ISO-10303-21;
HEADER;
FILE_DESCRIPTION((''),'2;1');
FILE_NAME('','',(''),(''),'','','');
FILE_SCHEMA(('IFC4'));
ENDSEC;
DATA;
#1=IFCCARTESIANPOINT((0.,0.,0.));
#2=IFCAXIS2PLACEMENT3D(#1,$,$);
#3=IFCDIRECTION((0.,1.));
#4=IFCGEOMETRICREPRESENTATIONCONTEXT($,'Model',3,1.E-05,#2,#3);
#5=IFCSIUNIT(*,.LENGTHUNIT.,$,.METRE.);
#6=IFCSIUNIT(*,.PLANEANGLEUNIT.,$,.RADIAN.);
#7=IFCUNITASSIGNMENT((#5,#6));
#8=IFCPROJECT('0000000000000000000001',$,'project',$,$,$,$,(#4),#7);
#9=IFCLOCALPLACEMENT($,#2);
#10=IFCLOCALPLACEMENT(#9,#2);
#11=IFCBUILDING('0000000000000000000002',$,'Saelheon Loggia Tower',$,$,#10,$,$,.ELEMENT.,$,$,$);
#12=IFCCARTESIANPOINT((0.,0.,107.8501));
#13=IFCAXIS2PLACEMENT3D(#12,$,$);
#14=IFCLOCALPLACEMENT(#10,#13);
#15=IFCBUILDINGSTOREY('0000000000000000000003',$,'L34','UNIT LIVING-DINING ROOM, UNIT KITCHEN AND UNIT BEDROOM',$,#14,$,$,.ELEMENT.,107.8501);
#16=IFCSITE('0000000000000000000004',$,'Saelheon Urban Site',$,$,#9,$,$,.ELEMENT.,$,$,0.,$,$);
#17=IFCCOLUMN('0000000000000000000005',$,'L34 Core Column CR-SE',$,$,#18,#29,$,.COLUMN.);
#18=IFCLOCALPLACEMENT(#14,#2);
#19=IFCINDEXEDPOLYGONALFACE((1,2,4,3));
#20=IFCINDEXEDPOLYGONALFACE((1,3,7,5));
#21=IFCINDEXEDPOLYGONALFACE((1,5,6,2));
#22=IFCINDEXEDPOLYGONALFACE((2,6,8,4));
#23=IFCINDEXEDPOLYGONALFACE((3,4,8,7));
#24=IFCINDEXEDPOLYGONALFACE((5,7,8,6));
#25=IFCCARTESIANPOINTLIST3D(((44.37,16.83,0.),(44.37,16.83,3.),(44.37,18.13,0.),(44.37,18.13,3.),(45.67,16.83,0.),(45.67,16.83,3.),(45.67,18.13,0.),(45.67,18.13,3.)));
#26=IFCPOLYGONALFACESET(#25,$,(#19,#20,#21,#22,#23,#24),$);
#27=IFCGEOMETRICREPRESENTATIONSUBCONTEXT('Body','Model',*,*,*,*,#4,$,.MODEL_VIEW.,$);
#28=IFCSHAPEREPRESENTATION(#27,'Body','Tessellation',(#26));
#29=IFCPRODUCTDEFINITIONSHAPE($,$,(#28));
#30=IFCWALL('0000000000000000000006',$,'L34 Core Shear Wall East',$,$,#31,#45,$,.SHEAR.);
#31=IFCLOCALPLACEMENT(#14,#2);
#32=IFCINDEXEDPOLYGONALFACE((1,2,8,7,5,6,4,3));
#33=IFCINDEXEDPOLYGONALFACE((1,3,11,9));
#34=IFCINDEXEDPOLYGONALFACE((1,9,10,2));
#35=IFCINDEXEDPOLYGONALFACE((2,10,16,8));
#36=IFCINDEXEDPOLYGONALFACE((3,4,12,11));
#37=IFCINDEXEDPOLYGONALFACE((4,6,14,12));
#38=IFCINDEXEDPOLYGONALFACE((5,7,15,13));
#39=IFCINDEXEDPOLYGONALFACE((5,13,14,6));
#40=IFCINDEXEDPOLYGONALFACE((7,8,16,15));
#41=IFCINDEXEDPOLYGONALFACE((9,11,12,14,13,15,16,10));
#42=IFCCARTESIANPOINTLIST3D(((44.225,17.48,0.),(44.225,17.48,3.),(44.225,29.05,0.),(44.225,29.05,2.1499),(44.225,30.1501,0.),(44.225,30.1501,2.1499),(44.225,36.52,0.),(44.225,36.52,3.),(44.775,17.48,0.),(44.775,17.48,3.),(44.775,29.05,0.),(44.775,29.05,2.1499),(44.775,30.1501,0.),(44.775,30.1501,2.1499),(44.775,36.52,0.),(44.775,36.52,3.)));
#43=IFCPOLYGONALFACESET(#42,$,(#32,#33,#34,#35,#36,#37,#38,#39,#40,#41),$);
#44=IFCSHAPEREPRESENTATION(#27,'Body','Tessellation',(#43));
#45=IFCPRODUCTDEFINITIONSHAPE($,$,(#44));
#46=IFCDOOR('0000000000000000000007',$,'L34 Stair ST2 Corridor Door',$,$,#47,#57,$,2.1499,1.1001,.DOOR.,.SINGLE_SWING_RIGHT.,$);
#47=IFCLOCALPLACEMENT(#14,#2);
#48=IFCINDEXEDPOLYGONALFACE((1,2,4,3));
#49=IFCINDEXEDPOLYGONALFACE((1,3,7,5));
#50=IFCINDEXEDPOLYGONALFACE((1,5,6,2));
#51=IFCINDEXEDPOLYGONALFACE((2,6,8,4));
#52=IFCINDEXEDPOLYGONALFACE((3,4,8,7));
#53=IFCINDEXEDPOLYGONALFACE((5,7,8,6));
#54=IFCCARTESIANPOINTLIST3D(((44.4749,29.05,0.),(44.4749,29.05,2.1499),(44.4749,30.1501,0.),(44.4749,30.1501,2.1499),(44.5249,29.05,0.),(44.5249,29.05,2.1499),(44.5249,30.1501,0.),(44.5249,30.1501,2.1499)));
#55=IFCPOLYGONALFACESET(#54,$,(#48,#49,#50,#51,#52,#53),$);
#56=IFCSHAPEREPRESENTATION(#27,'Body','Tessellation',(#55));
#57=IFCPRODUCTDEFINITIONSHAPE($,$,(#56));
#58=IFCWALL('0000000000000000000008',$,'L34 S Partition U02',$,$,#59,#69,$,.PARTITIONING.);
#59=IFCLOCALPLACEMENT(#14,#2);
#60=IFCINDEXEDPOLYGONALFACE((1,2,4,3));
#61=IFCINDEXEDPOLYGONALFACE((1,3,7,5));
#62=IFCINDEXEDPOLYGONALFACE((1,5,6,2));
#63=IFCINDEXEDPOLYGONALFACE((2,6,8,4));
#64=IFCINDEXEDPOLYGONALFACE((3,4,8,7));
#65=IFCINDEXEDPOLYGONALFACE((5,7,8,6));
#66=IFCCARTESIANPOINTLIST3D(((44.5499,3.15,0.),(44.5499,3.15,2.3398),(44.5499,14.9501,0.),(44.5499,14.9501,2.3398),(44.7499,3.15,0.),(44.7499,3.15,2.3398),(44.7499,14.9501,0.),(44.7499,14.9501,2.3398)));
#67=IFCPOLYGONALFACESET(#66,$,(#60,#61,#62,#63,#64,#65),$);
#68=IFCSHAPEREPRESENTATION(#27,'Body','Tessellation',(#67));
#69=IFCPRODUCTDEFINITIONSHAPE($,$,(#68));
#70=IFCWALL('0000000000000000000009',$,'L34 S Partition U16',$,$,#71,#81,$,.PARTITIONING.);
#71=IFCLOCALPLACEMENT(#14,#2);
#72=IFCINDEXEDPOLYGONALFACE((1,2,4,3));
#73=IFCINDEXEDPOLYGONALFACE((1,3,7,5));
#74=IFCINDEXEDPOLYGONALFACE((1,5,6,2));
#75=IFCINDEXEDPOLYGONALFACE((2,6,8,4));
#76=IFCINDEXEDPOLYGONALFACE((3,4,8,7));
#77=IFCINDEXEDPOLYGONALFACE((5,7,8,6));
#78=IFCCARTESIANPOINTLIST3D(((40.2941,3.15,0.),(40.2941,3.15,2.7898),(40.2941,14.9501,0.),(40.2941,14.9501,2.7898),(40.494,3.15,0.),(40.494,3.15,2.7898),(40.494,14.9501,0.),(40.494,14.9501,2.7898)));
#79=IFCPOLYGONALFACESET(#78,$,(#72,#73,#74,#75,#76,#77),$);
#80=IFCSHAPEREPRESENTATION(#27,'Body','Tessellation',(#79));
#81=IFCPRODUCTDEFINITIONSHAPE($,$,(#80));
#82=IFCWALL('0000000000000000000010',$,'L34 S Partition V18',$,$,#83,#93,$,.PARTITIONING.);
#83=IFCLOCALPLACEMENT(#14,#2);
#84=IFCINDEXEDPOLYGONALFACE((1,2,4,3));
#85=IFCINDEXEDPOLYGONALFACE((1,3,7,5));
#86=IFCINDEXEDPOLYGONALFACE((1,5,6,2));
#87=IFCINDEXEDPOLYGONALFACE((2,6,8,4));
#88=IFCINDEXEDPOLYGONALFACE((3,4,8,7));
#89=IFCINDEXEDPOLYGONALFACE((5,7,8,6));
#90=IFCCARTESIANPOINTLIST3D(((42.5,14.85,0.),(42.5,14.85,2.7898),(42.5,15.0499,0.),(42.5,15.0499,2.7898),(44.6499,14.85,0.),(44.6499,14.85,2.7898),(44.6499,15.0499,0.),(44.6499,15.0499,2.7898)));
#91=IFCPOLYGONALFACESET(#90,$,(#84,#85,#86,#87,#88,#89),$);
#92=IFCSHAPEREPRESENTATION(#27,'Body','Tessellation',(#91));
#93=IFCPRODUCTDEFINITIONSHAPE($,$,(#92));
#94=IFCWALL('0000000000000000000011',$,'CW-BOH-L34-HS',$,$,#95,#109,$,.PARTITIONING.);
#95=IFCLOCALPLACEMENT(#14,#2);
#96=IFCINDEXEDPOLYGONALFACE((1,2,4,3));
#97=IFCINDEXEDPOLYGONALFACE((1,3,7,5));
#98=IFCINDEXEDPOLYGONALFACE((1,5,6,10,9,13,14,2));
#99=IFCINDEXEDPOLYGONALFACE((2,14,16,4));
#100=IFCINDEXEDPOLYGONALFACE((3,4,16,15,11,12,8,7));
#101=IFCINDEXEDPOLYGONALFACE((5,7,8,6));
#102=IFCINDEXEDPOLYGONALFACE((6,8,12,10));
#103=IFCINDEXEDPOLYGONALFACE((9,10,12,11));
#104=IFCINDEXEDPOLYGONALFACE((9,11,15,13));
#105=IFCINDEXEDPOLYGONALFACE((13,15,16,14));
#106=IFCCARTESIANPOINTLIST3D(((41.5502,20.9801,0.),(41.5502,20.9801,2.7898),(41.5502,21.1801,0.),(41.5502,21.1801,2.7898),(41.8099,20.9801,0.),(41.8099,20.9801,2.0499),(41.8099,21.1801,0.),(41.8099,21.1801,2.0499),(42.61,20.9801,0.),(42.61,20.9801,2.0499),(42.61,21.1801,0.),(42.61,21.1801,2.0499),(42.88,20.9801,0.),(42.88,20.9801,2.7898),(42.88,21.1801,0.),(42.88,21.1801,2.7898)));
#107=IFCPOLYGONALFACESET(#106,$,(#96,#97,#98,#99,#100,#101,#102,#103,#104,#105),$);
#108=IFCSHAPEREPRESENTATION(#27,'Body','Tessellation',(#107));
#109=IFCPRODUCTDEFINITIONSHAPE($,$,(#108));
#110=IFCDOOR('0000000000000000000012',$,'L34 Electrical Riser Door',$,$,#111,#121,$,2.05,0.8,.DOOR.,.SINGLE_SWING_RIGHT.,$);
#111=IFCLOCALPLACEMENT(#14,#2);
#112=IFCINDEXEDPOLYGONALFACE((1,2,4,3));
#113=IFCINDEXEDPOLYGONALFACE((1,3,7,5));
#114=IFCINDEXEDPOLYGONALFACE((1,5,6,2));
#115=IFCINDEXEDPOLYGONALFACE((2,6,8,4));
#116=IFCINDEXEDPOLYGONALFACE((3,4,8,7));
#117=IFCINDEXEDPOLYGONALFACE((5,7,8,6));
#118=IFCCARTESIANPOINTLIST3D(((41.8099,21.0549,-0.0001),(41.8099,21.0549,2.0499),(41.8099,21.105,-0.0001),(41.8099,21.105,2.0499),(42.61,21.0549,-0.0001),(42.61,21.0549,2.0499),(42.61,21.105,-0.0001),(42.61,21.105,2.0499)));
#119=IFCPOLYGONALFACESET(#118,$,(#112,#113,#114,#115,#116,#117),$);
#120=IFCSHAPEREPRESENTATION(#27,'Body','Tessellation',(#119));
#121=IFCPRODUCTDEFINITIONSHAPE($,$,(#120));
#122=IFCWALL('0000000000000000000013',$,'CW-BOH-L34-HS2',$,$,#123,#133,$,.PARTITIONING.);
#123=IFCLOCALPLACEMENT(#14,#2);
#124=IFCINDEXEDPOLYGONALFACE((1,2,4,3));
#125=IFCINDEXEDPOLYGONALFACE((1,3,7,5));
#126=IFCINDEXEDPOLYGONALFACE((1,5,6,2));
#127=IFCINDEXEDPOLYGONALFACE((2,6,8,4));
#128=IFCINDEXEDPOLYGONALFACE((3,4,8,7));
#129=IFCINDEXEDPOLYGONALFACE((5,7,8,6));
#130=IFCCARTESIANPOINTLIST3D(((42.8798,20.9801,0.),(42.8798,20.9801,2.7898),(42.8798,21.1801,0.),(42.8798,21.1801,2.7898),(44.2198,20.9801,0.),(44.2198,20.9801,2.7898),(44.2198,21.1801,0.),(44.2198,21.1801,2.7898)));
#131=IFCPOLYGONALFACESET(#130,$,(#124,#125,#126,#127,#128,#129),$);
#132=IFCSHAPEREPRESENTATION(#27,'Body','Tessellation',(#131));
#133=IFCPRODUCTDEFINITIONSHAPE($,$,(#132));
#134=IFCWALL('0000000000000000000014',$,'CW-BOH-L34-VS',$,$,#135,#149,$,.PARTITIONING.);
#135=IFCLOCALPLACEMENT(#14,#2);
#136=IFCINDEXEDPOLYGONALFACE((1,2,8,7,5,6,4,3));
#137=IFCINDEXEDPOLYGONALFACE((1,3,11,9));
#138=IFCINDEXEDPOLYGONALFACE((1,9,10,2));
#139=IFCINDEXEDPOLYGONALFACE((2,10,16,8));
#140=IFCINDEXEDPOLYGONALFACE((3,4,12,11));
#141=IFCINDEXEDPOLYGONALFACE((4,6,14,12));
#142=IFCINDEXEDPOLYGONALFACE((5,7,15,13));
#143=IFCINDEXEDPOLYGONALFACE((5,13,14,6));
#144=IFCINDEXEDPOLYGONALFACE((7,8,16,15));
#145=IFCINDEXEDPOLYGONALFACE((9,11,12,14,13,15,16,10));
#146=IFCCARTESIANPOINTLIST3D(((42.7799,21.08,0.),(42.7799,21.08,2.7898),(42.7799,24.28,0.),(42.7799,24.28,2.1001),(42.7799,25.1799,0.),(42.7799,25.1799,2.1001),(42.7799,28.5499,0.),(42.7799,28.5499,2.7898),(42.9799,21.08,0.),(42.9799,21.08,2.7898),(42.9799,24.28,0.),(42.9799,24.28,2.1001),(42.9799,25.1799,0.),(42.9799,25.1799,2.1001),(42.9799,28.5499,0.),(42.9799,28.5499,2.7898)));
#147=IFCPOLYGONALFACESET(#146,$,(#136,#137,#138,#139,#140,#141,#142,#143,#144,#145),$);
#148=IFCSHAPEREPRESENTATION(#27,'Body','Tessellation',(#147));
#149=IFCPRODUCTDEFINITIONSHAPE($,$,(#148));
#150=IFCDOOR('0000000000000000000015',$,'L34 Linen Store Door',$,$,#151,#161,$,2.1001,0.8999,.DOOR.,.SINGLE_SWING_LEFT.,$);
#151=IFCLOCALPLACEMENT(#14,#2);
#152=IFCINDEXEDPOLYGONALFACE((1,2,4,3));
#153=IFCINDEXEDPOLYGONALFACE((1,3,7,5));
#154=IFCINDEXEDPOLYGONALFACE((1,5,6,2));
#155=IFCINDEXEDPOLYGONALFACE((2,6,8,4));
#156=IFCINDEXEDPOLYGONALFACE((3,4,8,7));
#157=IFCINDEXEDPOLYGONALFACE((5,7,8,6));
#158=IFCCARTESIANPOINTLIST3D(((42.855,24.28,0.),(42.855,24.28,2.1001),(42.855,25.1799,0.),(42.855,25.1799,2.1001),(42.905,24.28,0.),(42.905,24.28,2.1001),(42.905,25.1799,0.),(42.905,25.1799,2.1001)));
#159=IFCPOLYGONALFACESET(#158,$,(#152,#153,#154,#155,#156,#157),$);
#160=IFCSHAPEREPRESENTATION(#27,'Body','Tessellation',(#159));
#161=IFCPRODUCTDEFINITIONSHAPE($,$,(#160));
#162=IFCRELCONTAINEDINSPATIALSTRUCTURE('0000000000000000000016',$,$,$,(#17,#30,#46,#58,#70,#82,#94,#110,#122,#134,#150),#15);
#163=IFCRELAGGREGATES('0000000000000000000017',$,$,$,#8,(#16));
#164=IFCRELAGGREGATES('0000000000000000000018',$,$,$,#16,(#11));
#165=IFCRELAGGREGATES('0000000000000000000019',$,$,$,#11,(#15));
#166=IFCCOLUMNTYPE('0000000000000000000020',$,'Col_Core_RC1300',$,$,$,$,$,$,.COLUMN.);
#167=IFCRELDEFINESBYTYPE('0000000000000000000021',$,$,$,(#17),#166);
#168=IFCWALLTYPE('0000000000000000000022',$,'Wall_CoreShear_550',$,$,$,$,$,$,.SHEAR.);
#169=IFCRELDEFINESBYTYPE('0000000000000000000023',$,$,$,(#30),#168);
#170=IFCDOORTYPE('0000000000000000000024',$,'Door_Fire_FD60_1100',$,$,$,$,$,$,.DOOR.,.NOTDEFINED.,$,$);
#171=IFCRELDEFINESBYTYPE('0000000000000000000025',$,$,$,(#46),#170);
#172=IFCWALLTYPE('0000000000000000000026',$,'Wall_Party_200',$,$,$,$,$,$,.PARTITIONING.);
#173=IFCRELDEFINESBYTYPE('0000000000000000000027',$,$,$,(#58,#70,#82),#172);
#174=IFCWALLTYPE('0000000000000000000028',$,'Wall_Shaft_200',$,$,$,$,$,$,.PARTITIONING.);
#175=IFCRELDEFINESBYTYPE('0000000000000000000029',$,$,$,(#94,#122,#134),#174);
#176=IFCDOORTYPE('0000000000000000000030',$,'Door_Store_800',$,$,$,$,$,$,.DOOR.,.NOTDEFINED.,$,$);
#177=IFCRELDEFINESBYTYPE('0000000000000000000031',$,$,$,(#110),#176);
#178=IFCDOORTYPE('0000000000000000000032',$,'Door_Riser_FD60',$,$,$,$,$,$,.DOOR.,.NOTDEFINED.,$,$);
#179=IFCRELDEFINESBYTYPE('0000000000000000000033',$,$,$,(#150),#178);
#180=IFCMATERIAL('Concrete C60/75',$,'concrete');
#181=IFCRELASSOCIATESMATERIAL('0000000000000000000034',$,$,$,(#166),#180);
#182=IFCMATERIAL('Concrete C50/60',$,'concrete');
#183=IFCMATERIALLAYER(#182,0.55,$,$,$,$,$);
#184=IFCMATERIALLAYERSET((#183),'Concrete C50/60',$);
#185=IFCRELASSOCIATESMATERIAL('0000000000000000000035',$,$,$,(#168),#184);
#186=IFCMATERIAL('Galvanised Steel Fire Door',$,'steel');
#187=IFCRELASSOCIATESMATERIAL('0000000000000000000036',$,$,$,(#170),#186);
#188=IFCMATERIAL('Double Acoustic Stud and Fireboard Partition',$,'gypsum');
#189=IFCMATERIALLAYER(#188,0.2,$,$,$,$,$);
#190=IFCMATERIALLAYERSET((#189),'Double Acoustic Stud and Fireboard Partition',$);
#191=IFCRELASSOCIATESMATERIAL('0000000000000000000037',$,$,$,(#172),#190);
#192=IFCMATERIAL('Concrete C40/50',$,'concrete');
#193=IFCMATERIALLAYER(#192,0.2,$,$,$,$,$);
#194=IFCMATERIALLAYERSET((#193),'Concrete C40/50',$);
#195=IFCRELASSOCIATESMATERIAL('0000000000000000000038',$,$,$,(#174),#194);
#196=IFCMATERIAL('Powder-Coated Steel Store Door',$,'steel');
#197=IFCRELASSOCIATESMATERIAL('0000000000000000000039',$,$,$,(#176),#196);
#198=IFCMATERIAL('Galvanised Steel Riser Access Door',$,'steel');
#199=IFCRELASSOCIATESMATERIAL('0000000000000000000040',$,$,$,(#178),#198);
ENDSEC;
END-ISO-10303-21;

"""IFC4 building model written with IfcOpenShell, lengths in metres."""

from ifc_helpers import new_model, si_unit, direction, frame, frame_2d, origin, origin_2d, place, context, subcontext, project, spatial, rectangle, extrude, source, transform, mapped, material, layer, layer_set, material_profile, profile_set, type_object, element, fill, save


model = new_model("IFC4")

# Units and contexts
model_context = context("Model", 3, precision=1e-05, world=origin(), true_north=direction((0.0, 1.0)))
body_context = subcontext(model_context, "Body", "Model", "MODEL_VIEW")
ifc_project = project(units=[si_unit("LENGTHUNIT", "METRE"), si_unit("PLANEANGLEUNIT", "RADIAN")], contexts=[model_context])

# Site, building, storey
site_placement = place(None, origin())
site = spatial("IfcSite", under=ifc_project, at=site_placement, Name="Saelheon Urban Site", CompositionType="ELEMENT", RefElevation=0.0)
building_placement = place(site_placement, origin())
building = spatial("IfcBuilding", under=site, at=building_placement, Name="Saelheon Loggia Tower", CompositionType="ELEMENT")
storey_placement = place(building_placement, frame((0.0, 0.0, 107.8501)))
storey = spatial("IfcBuildingStorey", under=building, at=storey_placement, Name="L34", Description="UNIT LIVING-DINING ROOM, UNIT KITCHEN AND UNIT BEDROOM", CompositionType="ELEMENT", Elevation=107.8501)

# Column
ifc_material_1 = material(Name="Concrete C60/75", Category="concrete")
ifc_material_profile = material_profile(ifc_material_1, rectangle(XDim=1.3, YDim=1.3, at=origin_2d()), Name="RC-1300x1300")
ifc_profile_set = profile_set([ifc_material_profile], Name="Concrete C60/75")
column_type = type_object("IfcColumnType", Name="Col_Core_RC1300", PredefinedType="COLUMN", material=ifc_profile_set)
shared_shape_1 = source(origin(), body_context, "Body", "SweptSolid", [
    extrude(rectangle(XDim=1.3, YDim=1.3, at=origin_2d()), origin(), (0.0, 0.0, 1.0), 3.0),
])
column_placement = place(storey_placement, frame((45.02, 17.48, 0.0), z_axis=(0.0, 0.0, 1.0), x_axis=(1.0, 0.0, 0.0)))
element("IfcColumn", 1, at=column_placement, inside=storey, type_object=column_type, Name="L34 Core Column CR-SE", PredefinedType="COLUMN", context=body_context, shape_type="MappedRepresentation", body=[
    mapped(shared_shape_1, transform((0.0, 0.0, 0.0), scale=1.0)),
])

# Wall, opening, door
ifc_material_2 = material(Name="Concrete C50/60", Category="concrete")
ifc_layer_1 = layer(ifc_material_2, 0.55)
ifc_layer_set_1 = layer_set([ifc_layer_1], Name="Concrete C50/60")
wall_type_1 = type_object("IfcWallType", Name="Wall_CoreShear_550", PredefinedType="SHEAR", material=ifc_layer_set_1)
wall_1_placement = place(storey_placement, frame((44.5, 17.48, 0.0), z_axis=(0.0, 0.0, 1.0), x_axis=(0.0, 1.0, 0.0)))
wall_1 = element("IfcWall", 2, at=wall_1_placement, inside=storey, type_object=wall_type_1, Name="L34 Core Shear Wall East", PredefinedType="SHEAR", context=body_context, shape_type="SweptSolid", body=[
    extrude(rectangle(XDim=19.04, YDim=0.55, at=frame_2d((9.52, 0.0))), origin(), (0.0, 0.0, 1.0), 3.0),
])
opening_1_placement = place(wall_1_placement, frame((12.6702, 0.0, 0.0), z_axis=(0.0, 0.0, 1.0), x_axis=(-1.0, 0.0, 0.0)))
opening_1 = element("IfcOpeningElement", 3, at=opening_1_placement, cuts=wall_1, PredefinedType="OPENING", context=body_context, shape_type="SweptSolid", body=[
    extrude(rectangle(XDim=1.1001, YDim=2.1499, at=frame_2d((0.55, 1.075))), frame((0.0, 0.2871, 0.0), z_axis=(0.0, -1.0, 0.0), x_axis=(1.0, 0.0, 0.0)), (0.0, 0.0, 1.0), 0.574),
])
ifc_material_3 = material(Name="Galvanised Steel Fire Door", Category="steel")
door_type_1 = type_object("IfcDoorType", Name="Door_Fire_FD60_1100", OperationType="NOTDEFINED", PredefinedType="DOOR", material=ifc_material_3)
shared_shape_2 = source(origin(), body_context, "Body", "SweptSolid", [
    extrude(rectangle(XDim=1.1001, YDim=2.1499, at=frame_2d((0.55, 1.075))), frame((0.0, 0.0249, 0.0), z_axis=(0.0, -1.0, 0.0), x_axis=(1.0, 0.0, 0.0)), (0.0, 0.0, 1.0), 0.05),
])
door_1_placement = place(opening_1_placement, origin())
door_1 = element("IfcDoor", 4, at=door_1_placement, inside=storey, type_object=door_type_1, Name="L34 Stair ST2 Corridor Door", OperationType="SINGLE_SWING_RIGHT", OverallHeight=2.1499, OverallWidth=1.1001, PredefinedType="DOOR", context=body_context, shape_type="MappedRepresentation", body=[
    mapped(shared_shape_2, transform((0.0, 0.0, 0.0), scale=1.0)),
])
fill(opening_1, door_1)

# Walls
ifc_material_4 = material(Name="Double Acoustic Stud and Fireboard Partition", Category="gypsum")
ifc_layer_2 = layer(ifc_material_4, 0.2)
ifc_layer_set_2 = layer_set([ifc_layer_2], Name="Double Acoustic Stud and Fireboard Partition")
wall_type_2 = type_object("IfcWallType", Name="Wall_Party_200", PredefinedType="PARTITIONING", material=ifc_layer_set_2)
wall_2_placement = place(storey_placement, frame((44.6499, 14.95, 0.0), z_axis=(0.0, 0.0, 1.0), x_axis=(0.0, -1.0, 0.0)))
element("IfcWall", 5, at=wall_2_placement, inside=storey, type_object=wall_type_2, Name="L34 S Partition U02", PredefinedType="PARTITIONING", context=body_context, shape_type="SweptSolid", body=[
    extrude(rectangle(XDim=11.8, YDim=0.2, at=frame_2d((5.8999, 0.0))), origin(), (0.0, 0.0, 1.0), 2.3398),
])
wall_3_placement = place(storey_placement, frame((40.394, 14.95, 0.0), z_axis=(0.0, 0.0, 1.0), x_axis=(0.0, -1.0, 0.0)))
element("IfcWall", 6, at=wall_3_placement, inside=storey, type_object=wall_type_2, Name="L34 S Partition U16", PredefinedType="PARTITIONING", context=body_context, shape_type="SweptSolid", body=[
    extrude(rectangle(XDim=11.8, YDim=0.2, at=frame_2d((5.8999, 0.0))), origin(), (0.0, 0.0, 1.0), 2.7898),
])

# Wall
wall_4_placement = place(storey_placement, frame((42.5, 14.95, 0.0), z_axis=(0.0, 0.0, 1.0), x_axis=(1.0, 0.0, 0.0)))
element("IfcWall", 7, at=wall_4_placement, inside=storey, type_object=wall_type_2, Name="L34 S Partition V18", PredefinedType="PARTITIONING", context=body_context, shape_type="SweptSolid", body=[
    extrude(rectangle(XDim=2.1499, YDim=0.2, at=frame_2d((1.075, 0.0))), origin(), (0.0, 0.0, 1.0), 2.7898),
])

# Wall, opening, door
ifc_material_5 = material(Name="Concrete C40/50", Category="concrete")
ifc_layer_3 = layer(ifc_material_5, 0.2)
ifc_layer_set_3 = layer_set([ifc_layer_3], Name="Concrete C40/50")
wall_type_3 = type_object("IfcWallType", Name="Wall_Shaft_200", PredefinedType="PARTITIONING", material=ifc_layer_set_3)
wall_5_placement = place(storey_placement, frame((41.55, 21.0801, 0.0), z_axis=(0.0, 0.0, 1.0), x_axis=(1.0, 0.0, 0.0)))
wall_5 = element("IfcWall", 8, at=wall_5_placement, inside=storey, type_object=wall_type_3, Name="CW-BOH-L34-HS", PredefinedType="PARTITIONING", context=body_context, shape_type="SweptSolid", body=[
    extrude(rectangle(XDim=1.3298, YDim=0.2, at=frame_2d((0.665, 0.0))), origin(), (0.0, 0.0, 1.0), 2.7898),
])
opening_2_placement = place(wall_5_placement, frame((0.26, 0.0, 0.0)))
opening_2 = element("IfcOpeningElement", 9, at=opening_2_placement, cuts=wall_5, PredefinedType="OPENING", context=body_context, shape_type="SweptSolid", body=[
    extrude(rectangle(XDim=0.8, YDim=2.05, at=frame_2d((0.3999, 1.0249))), frame((0.0, 0.1121, 0.0), z_axis=(0.0, -1.0, 0.0), x_axis=(1.0, 0.0, 0.0)), (0.0, 0.0, 1.0), 0.2239),
])
ifc_material_6 = material(Name="Powder-Coated Steel Store Door", Category="steel")
door_type_2 = type_object("IfcDoorType", Name="Door_Store_800", OperationType="NOTDEFINED", PredefinedType="DOOR", material=ifc_material_6)
shared_shape_3 = source(origin(), body_context, "Body", "SweptSolid", [
    extrude(rectangle(XDim=0.8, YDim=2.05, at=frame_2d((0.3999, 1.0249))), frame((0.0, 0.0249, 0.0), z_axis=(0.0, -1.0, 0.0), x_axis=(1.0, 0.0, 0.0)), (0.0, 0.0, 1.0), 0.05),
])
door_2_placement = place(opening_2_placement, origin())
door_2 = element("IfcDoor", 10, at=door_2_placement, inside=storey, type_object=door_type_2, Name="L34 Electrical Riser Door", OperationType="SINGLE_SWING_RIGHT", OverallHeight=2.05, OverallWidth=0.8, PredefinedType="DOOR", context=body_context, shape_type="MappedRepresentation", body=[
    mapped(shared_shape_3, transform((0.0, 0.0, 0.0), scale=1.0)),
])
fill(opening_2, door_2)

# Wall
wall_6_placement = place(storey_placement, frame((42.8799, 21.0801, 0.0), z_axis=(0.0, 0.0, 1.0), x_axis=(1.0, 0.0, 0.0)))
element("IfcWall", 11, at=wall_6_placement, inside=storey, type_object=wall_type_3, Name="CW-BOH-L34-HS2", PredefinedType="PARTITIONING", context=body_context, shape_type="SweptSolid", body=[
    extrude(rectangle(XDim=1.3401, YDim=0.2, at=frame_2d((0.6699, 0.0))), origin(), (0.0, 0.0, 1.0), 2.7898),
])

# Wall, opening, door
wall_7_placement = place(storey_placement, frame((42.8799, 21.0801, 0.0), z_axis=(0.0, 0.0, 1.0), x_axis=(0.0, 1.0, 0.0)))
wall_7 = element("IfcWall", 12, at=wall_7_placement, inside=storey, type_object=wall_type_3, Name="CW-BOH-L34-VS", PredefinedType="PARTITIONING", context=body_context, shape_type="SweptSolid", body=[
    extrude(rectangle(XDim=7.47, YDim=0.2, at=frame_2d((3.7349, 0.0))), origin(), (0.0, 0.0, 1.0), 2.7898),
])
opening_3_placement = place(wall_7_placement, frame((3.2, 0.0, 0.0)))
opening_3 = element("IfcOpeningElement", 13, at=opening_3_placement, cuts=wall_7, PredefinedType="OPENING", context=body_context, shape_type="SweptSolid", body=[
    extrude(rectangle(XDim=0.8999, YDim=2.1001, at=frame_2d((0.45, 1.05))), frame((0.0, 0.1121, 0.0), z_axis=(0.0, -1.0, 0.0), x_axis=(1.0, 0.0, 0.0)), (0.0, 0.0, 1.0), 0.2239),
])
ifc_material_7 = material(Name="Galvanised Steel Riser Access Door", Category="steel")
door_type_3 = type_object("IfcDoorType", Name="Door_Riser_FD60", OperationType="NOTDEFINED", PredefinedType="DOOR", material=ifc_material_7)
shared_shape_4 = source(origin(), body_context, "Body", "SweptSolid", [
    extrude(rectangle(XDim=0.8999, YDim=2.1001, at=frame_2d((0.45, 1.05))), frame((0.0, 0.0249, 0.0), z_axis=(0.0, -1.0, 0.0), x_axis=(1.0, 0.0, 0.0)), (0.0, 0.0, 1.0), 0.05),
])
door_3_placement = place(opening_3_placement, origin())
door_3 = element("IfcDoor", 14, at=door_3_placement, inside=storey, type_object=door_type_3, Name="L34 Linen Store Door", OperationType="SINGLE_SWING_LEFT", OverallHeight=2.1001, OverallWidth=0.8999, PredefinedType="DOOR", context=body_context, shape_type="MappedRepresentation", body=[
    mapped(shared_shape_4, transform((0.0, 0.0, 0.0), scale=1.0)),
])
fill(opening_3, door_3)

save(model, "model.ifc")
